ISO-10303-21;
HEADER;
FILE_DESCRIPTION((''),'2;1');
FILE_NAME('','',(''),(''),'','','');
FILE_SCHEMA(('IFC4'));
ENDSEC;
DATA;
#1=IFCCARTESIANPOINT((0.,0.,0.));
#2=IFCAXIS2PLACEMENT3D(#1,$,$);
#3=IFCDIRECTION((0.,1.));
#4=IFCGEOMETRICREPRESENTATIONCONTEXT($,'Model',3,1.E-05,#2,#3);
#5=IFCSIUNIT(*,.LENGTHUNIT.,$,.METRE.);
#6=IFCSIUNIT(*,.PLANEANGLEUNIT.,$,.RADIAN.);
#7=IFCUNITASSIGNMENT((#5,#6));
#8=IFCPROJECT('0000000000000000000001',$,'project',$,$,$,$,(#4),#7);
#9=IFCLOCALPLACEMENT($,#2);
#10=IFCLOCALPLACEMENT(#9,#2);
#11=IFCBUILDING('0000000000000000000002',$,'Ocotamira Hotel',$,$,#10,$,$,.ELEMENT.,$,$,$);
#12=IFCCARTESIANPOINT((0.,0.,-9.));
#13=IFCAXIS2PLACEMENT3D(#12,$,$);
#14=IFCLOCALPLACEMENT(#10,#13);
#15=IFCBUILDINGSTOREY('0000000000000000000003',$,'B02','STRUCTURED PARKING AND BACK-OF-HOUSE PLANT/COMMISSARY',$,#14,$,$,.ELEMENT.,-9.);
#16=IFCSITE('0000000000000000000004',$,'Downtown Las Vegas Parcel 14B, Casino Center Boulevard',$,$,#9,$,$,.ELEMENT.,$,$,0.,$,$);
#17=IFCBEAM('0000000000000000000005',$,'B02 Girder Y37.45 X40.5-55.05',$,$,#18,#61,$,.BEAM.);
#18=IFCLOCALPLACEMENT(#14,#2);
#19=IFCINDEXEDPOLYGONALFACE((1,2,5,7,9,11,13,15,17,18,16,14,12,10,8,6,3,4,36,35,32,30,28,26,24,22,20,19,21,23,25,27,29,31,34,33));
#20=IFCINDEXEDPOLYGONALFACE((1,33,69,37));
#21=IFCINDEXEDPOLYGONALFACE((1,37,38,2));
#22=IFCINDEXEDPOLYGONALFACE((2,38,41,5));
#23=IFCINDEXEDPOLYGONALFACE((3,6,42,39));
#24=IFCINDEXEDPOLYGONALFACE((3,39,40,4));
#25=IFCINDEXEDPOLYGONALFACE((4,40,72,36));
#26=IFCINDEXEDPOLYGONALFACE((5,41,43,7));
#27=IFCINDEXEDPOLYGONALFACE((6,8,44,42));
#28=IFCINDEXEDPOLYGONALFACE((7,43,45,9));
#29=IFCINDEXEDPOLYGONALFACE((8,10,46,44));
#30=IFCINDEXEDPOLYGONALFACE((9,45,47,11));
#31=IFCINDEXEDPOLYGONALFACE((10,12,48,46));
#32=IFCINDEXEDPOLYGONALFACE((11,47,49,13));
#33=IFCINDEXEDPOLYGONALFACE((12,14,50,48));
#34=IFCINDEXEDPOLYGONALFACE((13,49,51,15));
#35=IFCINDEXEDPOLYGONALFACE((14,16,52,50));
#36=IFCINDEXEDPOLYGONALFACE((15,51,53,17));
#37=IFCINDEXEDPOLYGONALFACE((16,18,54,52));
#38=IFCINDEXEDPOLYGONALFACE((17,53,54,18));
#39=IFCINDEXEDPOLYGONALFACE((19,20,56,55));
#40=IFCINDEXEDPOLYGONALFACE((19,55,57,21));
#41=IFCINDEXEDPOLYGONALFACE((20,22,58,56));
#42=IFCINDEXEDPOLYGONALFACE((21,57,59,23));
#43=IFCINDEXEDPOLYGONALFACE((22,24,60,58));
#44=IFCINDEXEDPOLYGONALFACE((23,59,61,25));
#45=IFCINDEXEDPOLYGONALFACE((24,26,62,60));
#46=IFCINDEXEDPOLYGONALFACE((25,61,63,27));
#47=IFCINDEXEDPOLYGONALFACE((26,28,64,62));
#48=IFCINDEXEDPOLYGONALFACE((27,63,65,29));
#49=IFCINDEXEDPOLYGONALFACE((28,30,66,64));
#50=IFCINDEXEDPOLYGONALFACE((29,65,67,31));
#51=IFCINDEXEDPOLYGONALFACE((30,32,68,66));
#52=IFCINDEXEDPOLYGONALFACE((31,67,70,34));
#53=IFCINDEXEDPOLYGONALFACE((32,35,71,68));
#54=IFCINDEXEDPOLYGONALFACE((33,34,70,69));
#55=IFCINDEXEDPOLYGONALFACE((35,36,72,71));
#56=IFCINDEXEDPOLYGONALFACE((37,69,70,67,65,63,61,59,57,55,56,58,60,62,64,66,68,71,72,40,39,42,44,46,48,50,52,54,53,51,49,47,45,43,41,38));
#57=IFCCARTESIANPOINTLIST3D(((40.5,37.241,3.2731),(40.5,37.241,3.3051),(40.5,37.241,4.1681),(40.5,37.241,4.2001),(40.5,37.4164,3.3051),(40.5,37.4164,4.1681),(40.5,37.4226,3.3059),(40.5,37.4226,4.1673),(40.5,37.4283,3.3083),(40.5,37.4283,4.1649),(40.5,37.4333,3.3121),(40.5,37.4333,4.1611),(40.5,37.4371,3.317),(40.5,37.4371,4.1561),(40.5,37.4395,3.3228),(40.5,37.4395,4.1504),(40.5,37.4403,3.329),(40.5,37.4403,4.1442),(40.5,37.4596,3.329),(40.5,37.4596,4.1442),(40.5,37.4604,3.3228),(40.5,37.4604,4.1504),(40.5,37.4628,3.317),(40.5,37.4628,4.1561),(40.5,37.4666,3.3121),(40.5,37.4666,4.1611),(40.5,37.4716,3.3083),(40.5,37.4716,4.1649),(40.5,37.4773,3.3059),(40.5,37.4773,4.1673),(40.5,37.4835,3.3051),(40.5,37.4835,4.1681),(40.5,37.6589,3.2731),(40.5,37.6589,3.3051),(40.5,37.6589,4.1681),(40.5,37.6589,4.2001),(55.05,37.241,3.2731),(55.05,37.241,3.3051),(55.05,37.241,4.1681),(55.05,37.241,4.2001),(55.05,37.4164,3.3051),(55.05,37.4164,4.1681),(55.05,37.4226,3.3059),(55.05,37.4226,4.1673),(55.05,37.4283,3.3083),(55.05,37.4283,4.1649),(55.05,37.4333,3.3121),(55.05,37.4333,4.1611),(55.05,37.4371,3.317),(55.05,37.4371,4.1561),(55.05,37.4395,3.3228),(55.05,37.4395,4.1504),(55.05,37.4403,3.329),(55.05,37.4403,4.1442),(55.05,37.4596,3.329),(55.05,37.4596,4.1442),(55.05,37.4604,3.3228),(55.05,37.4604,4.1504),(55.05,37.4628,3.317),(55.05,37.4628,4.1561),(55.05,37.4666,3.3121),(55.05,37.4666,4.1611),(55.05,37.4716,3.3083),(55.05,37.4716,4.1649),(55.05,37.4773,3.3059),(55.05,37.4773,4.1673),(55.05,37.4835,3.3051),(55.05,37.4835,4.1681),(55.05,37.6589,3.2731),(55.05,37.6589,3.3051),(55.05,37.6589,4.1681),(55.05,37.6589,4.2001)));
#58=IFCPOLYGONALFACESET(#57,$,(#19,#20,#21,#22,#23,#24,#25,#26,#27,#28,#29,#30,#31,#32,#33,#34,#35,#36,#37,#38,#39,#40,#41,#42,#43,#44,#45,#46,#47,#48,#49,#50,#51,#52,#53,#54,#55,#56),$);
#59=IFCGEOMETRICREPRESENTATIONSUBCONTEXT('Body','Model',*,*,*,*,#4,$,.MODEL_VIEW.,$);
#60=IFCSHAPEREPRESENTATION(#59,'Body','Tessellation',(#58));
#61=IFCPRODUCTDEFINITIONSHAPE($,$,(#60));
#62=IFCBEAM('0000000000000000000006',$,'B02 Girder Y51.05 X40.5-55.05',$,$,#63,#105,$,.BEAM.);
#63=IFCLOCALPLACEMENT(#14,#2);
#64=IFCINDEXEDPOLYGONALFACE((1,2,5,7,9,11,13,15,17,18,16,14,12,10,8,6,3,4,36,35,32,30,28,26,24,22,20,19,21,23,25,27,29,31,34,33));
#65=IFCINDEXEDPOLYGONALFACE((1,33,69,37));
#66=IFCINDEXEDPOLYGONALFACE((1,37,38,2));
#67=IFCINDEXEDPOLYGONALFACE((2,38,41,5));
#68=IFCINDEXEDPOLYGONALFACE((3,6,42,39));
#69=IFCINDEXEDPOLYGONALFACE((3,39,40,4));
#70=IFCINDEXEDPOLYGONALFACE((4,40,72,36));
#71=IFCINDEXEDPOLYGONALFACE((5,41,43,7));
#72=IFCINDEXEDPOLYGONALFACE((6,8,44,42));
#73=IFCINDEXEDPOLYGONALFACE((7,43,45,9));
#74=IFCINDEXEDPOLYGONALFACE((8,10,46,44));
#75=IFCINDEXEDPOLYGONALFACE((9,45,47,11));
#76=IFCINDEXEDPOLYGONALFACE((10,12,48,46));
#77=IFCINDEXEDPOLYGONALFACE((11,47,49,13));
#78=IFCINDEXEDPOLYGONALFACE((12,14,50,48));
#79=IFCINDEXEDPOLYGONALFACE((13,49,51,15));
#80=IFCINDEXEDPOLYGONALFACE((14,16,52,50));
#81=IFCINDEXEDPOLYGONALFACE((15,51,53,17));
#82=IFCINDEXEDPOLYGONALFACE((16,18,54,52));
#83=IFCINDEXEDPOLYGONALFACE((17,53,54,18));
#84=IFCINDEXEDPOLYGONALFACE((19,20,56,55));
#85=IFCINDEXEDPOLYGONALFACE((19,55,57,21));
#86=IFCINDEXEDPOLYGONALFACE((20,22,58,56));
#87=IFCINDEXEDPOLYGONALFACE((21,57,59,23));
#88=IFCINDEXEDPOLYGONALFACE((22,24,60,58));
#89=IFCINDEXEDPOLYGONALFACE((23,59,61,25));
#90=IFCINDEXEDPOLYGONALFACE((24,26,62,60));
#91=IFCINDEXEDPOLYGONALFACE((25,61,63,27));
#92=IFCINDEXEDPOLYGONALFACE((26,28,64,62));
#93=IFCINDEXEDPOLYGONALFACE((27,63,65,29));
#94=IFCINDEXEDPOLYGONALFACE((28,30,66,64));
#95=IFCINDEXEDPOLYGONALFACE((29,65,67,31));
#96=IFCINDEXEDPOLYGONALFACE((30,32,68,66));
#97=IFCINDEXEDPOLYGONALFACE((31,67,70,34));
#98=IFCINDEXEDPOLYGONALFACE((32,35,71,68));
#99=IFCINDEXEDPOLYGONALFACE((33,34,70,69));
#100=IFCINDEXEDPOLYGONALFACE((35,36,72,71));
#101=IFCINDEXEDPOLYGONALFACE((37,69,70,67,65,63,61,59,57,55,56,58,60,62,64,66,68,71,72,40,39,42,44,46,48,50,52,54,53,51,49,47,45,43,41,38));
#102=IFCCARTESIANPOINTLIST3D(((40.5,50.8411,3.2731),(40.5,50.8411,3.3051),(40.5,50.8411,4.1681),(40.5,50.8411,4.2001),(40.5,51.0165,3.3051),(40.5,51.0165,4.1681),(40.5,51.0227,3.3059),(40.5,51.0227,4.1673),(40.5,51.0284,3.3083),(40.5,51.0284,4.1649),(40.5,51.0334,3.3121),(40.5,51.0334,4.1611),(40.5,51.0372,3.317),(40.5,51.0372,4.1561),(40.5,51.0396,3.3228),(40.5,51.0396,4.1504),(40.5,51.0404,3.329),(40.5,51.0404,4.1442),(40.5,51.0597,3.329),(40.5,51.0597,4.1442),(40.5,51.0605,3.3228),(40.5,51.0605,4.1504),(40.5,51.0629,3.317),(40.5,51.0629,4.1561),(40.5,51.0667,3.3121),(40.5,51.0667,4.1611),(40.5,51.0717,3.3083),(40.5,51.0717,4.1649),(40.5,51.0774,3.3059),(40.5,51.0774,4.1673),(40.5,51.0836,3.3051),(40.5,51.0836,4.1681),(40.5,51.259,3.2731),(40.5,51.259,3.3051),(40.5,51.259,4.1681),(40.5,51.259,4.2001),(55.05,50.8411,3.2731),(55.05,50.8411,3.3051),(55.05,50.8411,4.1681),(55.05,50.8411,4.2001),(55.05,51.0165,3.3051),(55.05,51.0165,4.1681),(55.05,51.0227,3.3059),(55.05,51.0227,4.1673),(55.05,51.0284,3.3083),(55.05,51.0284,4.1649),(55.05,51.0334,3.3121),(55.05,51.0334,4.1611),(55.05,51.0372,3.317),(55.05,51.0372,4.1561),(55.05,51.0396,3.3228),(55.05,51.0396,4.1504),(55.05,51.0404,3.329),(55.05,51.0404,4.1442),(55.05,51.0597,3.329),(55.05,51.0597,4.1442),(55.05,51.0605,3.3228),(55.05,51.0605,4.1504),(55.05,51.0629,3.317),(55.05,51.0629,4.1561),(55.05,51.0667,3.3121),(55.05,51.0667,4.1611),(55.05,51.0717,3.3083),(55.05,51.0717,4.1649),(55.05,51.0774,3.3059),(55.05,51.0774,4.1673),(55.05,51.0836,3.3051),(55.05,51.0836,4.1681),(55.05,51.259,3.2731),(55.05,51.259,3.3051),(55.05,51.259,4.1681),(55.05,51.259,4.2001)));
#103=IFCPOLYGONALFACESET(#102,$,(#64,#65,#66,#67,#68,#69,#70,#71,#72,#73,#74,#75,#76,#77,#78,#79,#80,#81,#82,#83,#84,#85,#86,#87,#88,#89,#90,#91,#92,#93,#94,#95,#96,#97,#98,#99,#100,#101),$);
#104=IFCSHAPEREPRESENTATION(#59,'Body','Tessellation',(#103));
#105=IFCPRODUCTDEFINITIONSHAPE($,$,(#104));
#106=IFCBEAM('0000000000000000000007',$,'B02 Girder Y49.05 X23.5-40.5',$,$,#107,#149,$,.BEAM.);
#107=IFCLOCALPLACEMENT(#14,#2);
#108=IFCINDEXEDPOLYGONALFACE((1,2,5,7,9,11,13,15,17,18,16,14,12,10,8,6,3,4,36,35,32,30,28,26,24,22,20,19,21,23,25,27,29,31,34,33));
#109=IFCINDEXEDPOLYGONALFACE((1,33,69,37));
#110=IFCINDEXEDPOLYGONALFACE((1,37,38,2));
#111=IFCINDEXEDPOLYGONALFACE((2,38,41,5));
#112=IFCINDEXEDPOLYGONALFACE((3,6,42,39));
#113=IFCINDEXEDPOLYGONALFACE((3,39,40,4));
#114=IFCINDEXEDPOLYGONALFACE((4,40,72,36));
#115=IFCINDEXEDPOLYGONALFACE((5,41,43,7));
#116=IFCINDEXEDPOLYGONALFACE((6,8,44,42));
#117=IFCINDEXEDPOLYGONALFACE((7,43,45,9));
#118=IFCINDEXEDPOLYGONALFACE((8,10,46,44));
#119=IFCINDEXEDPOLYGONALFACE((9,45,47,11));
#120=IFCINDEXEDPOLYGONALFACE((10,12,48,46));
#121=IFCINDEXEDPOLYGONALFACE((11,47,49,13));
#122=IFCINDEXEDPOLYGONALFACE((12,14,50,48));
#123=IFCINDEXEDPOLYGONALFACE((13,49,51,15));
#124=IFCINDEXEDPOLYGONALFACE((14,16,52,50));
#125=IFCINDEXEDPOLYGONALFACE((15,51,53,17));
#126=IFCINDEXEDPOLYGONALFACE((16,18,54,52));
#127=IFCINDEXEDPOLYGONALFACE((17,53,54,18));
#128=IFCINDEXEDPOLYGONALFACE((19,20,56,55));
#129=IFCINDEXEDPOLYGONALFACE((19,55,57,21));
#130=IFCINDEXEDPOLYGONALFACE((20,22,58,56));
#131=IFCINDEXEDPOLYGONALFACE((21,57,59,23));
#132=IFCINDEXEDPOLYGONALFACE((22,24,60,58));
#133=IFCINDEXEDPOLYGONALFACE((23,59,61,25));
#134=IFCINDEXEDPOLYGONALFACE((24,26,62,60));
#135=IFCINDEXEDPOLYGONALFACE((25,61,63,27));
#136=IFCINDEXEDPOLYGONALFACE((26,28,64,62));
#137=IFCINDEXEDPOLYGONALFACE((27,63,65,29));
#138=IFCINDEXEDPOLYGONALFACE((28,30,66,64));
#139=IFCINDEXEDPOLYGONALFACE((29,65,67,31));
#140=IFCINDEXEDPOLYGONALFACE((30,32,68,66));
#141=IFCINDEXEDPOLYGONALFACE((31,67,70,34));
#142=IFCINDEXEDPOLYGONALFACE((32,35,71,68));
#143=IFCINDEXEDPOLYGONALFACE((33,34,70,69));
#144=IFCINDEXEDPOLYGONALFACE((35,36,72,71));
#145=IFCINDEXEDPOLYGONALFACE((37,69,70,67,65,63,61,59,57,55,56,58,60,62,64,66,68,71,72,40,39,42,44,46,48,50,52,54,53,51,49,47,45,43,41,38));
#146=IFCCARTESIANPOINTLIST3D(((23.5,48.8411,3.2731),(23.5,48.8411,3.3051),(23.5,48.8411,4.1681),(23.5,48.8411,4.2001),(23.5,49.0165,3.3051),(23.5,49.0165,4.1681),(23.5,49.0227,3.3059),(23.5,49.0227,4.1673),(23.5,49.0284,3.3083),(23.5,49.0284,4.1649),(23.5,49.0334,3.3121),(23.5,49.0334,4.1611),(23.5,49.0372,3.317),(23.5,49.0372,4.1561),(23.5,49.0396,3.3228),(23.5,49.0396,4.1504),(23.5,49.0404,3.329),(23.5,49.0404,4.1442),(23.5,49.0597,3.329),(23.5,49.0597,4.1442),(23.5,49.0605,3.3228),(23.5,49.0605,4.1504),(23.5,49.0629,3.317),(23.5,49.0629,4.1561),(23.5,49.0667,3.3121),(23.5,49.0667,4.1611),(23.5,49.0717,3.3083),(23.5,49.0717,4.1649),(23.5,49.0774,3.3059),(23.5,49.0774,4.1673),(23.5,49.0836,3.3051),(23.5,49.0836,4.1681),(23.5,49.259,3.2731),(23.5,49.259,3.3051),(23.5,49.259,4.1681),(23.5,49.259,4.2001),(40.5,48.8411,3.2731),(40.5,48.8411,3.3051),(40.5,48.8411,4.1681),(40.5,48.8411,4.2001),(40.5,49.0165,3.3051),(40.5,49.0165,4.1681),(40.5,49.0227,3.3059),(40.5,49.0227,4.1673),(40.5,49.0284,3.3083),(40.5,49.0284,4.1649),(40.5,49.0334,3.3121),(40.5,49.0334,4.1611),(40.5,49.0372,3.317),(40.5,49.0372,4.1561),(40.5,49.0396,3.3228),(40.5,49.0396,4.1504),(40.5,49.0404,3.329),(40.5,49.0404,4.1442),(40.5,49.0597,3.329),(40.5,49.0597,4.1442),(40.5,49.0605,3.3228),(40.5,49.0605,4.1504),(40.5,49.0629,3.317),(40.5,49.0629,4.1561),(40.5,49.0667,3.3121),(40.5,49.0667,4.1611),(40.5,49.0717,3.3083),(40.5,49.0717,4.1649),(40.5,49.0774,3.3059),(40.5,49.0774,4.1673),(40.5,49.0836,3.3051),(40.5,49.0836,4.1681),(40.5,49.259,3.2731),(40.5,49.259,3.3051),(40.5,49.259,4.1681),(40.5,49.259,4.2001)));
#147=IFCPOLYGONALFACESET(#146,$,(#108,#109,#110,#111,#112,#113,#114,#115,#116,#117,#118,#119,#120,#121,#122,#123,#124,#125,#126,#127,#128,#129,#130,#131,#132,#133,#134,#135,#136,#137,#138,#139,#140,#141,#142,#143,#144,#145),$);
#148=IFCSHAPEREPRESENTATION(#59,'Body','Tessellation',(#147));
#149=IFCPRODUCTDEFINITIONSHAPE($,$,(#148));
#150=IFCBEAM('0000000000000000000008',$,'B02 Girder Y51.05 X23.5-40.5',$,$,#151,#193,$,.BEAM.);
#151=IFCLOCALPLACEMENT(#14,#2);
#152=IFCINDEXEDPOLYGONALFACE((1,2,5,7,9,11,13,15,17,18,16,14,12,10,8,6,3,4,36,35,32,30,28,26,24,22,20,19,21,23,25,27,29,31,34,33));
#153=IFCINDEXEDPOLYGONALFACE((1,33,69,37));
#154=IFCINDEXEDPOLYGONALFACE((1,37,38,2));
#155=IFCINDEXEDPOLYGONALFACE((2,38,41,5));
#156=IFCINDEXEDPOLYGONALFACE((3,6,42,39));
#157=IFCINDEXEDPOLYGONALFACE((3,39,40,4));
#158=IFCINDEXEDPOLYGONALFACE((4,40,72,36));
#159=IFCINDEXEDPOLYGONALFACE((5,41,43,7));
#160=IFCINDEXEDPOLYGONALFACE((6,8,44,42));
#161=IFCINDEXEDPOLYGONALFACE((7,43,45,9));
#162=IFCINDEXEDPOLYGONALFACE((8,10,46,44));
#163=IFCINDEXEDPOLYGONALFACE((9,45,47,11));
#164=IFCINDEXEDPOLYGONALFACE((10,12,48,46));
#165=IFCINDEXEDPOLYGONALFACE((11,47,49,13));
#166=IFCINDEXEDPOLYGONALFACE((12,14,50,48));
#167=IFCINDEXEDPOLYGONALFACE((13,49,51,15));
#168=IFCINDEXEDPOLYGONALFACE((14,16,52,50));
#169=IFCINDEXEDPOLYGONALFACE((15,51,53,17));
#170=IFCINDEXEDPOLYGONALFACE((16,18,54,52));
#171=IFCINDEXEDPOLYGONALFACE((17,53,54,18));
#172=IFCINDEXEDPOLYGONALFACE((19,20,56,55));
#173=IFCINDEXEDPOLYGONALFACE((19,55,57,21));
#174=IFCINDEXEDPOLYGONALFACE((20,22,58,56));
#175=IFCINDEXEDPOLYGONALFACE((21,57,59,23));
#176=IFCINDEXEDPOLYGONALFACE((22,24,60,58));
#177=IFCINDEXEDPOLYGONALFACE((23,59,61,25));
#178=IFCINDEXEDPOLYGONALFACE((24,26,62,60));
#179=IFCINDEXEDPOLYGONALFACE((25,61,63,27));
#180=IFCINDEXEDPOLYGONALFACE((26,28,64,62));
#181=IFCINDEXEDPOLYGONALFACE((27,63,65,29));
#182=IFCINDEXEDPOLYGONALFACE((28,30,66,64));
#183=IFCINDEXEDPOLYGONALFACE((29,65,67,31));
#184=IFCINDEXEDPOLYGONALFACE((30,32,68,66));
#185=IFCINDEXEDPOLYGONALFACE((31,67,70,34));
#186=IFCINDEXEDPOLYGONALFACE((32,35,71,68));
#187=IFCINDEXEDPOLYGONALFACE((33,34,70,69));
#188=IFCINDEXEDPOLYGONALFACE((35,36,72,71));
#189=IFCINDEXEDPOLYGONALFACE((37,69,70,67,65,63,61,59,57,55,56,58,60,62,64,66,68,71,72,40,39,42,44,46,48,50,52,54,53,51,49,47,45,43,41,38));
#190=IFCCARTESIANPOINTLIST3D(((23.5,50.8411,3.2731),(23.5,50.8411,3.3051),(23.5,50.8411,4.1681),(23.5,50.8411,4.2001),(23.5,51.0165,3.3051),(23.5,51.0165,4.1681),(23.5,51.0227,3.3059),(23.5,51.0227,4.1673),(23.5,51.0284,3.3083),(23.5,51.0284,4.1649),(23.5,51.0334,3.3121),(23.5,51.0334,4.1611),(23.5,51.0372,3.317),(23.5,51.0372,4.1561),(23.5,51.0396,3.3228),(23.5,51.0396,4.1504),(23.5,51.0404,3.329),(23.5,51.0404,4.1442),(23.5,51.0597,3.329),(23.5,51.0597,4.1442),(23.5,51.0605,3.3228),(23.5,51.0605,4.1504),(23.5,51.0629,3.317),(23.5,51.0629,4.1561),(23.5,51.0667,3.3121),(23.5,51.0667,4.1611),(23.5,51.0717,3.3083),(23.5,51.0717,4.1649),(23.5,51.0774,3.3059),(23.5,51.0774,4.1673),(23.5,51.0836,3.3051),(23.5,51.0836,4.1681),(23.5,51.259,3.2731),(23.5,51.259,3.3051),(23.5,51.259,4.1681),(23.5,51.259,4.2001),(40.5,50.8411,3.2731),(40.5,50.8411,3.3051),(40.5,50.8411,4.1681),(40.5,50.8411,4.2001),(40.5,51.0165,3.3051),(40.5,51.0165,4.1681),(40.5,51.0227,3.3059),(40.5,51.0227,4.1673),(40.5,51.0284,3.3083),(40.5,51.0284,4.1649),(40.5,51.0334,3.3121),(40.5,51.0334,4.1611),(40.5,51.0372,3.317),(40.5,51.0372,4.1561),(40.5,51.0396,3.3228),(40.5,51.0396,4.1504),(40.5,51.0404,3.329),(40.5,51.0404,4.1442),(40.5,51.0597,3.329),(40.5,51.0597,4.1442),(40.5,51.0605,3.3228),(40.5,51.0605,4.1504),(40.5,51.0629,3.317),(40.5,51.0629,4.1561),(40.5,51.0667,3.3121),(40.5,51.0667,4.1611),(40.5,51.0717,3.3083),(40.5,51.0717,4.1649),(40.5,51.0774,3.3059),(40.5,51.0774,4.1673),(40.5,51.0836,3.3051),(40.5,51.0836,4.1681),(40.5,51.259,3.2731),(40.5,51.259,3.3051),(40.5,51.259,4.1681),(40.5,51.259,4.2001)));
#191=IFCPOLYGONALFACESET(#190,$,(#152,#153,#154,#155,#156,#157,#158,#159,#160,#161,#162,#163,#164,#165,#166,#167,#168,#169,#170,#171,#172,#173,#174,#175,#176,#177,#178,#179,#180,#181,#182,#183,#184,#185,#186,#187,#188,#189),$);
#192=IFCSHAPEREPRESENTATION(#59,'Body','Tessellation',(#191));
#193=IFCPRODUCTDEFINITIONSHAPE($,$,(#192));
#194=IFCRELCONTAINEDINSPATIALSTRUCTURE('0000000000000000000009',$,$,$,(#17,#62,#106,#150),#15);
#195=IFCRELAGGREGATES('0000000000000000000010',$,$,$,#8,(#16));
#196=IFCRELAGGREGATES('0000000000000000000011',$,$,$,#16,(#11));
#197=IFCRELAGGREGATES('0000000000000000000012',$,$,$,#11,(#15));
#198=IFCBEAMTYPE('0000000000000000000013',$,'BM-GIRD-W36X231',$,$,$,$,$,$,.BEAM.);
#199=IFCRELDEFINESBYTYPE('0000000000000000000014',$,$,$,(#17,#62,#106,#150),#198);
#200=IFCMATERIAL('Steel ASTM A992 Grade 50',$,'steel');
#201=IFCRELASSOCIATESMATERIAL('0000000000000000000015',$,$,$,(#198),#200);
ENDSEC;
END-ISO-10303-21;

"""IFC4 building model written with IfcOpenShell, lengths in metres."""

from ifc_helpers import new_model, si_unit, direction, frame, origin, origin_2d, place, context, subcontext, project, spatial, i_section, extrude, source, transform, mapped, material, material_profile, profile_set, type_object, element, save


model = new_model("IFC4")

# Units and contexts
model_context = context("Model", 3, precision=1e-05, world=origin(), true_north=direction((0.0, 1.0)))
body_context = subcontext(model_context, "Body", "Model", "MODEL_VIEW")
ifc_project = project(units=[si_unit("LENGTHUNIT", "METRE"), si_unit("PLANEANGLEUNIT", "RADIAN")], contexts=[model_context])

# Site, building, storey
site_placement = place(None, origin())
site = spatial("IfcSite", under=ifc_project, at=site_placement, Name="Downtown Las Vegas Parcel 14B, Casino Center Boulevard", CompositionType="ELEMENT", RefElevation=0.0)
building_placement = place(site_placement, origin())
building = spatial("IfcBuilding", under=site, at=building_placement, Name="Ocotamira Hotel", CompositionType="ELEMENT")
storey_placement = place(building_placement, frame((0.0, 0.0, -9.0)))
storey = spatial("IfcBuildingStorey", under=building, at=storey_placement, Name="B02", Description="STRUCTURED PARKING AND BACK-OF-HOUSE PLANT/COMMISSARY", CompositionType="ELEMENT", Elevation=-9.0)

# Beams
ifc_material_1 = material(Name="Steel ASTM A992 Grade 50", Category="steel")
ifc_material_profile_1 = material_profile(ifc_material_1, i_section(OverallWidth=0.418, OverallDepth=0.927, WebThickness=0.0193, FlangeThickness=0.032, FilletRadius=0.0239, at=origin_2d()), Name="W36X231")
ifc_profile_set_1 = profile_set([ifc_material_profile_1], Name="Steel ASTM A992 Grade 50")
beam_type_1 = type_object("IfcBeamType", Name="BM-GIRD-W36X231", PredefinedType="BEAM", material=ifc_profile_set_1)
shared_shape_1 = source(origin(), body_context, "Body", "SweptSolid", [
    extrude(i_section(OverallWidth=0.418, OverallDepth=0.927, WebThickness=0.0193, FlangeThickness=0.032, FilletRadius=0.0239, at=origin_2d()), origin(), (0.0, 0.0, 1.0), 14.55),
])
for number, where, z_axis, x_axis, name in (
    (1, (40.5, 37.45, 3.7366), (1.0, 0.0, 0.0), (0.0, 1.0, 0.0), "B02 Girder Y37.45 X40.5-55.05"),
    (2, (40.5, 51.05, 3.7366), (1.0, 0.0, 0.0), (0.0, 1.0, 0.0), "B02 Girder Y51.05 X40.5-55.05"),
):
    element("IfcBeam", number, at=place(storey_placement, frame(where, z_axis=z_axis, x_axis=x_axis)), inside=storey, type_object=beam_type_1, Name=name, PredefinedType="BEAM", context=body_context, shape_type="MappedRepresentation", body=[
        mapped(shared_shape_1, transform((0.0, 0.0, 0.0), scale=1.0)),
    ])
shared_shape_2 = source(origin(), body_context, "Body", "SweptSolid", [
    extrude(i_section(OverallWidth=0.418, OverallDepth=0.927, WebThickness=0.0193, FlangeThickness=0.032, FilletRadius=0.0239, at=origin_2d()), origin(), (0.0, 0.0, 1.0), 17.0),
])
for number, where, z_axis, x_axis, name in (
    (3, (23.5, 49.05, 3.7366), (1.0, 0.0, 0.0), (0.0, 1.0, 0.0), "B02 Girder Y49.05 X23.5-40.5"),
    (4, (23.5, 51.05, 3.7366), (1.0, 0.0, 0.0), (0.0, 1.0, 0.0), "B02 Girder Y51.05 X23.5-40.5"),
):
    element("IfcBeam", number, at=place(storey_placement, frame(where, z_axis=z_axis, x_axis=x_axis)), inside=storey, type_object=beam_type_1, Name=name, PredefinedType="BEAM", context=body_context, shape_type="MappedRepresentation", body=[
        mapped(shared_shape_2, transform((0.0, 0.0, 0.0), scale=1.0)),
    ])

save(model, "model.ifc")
